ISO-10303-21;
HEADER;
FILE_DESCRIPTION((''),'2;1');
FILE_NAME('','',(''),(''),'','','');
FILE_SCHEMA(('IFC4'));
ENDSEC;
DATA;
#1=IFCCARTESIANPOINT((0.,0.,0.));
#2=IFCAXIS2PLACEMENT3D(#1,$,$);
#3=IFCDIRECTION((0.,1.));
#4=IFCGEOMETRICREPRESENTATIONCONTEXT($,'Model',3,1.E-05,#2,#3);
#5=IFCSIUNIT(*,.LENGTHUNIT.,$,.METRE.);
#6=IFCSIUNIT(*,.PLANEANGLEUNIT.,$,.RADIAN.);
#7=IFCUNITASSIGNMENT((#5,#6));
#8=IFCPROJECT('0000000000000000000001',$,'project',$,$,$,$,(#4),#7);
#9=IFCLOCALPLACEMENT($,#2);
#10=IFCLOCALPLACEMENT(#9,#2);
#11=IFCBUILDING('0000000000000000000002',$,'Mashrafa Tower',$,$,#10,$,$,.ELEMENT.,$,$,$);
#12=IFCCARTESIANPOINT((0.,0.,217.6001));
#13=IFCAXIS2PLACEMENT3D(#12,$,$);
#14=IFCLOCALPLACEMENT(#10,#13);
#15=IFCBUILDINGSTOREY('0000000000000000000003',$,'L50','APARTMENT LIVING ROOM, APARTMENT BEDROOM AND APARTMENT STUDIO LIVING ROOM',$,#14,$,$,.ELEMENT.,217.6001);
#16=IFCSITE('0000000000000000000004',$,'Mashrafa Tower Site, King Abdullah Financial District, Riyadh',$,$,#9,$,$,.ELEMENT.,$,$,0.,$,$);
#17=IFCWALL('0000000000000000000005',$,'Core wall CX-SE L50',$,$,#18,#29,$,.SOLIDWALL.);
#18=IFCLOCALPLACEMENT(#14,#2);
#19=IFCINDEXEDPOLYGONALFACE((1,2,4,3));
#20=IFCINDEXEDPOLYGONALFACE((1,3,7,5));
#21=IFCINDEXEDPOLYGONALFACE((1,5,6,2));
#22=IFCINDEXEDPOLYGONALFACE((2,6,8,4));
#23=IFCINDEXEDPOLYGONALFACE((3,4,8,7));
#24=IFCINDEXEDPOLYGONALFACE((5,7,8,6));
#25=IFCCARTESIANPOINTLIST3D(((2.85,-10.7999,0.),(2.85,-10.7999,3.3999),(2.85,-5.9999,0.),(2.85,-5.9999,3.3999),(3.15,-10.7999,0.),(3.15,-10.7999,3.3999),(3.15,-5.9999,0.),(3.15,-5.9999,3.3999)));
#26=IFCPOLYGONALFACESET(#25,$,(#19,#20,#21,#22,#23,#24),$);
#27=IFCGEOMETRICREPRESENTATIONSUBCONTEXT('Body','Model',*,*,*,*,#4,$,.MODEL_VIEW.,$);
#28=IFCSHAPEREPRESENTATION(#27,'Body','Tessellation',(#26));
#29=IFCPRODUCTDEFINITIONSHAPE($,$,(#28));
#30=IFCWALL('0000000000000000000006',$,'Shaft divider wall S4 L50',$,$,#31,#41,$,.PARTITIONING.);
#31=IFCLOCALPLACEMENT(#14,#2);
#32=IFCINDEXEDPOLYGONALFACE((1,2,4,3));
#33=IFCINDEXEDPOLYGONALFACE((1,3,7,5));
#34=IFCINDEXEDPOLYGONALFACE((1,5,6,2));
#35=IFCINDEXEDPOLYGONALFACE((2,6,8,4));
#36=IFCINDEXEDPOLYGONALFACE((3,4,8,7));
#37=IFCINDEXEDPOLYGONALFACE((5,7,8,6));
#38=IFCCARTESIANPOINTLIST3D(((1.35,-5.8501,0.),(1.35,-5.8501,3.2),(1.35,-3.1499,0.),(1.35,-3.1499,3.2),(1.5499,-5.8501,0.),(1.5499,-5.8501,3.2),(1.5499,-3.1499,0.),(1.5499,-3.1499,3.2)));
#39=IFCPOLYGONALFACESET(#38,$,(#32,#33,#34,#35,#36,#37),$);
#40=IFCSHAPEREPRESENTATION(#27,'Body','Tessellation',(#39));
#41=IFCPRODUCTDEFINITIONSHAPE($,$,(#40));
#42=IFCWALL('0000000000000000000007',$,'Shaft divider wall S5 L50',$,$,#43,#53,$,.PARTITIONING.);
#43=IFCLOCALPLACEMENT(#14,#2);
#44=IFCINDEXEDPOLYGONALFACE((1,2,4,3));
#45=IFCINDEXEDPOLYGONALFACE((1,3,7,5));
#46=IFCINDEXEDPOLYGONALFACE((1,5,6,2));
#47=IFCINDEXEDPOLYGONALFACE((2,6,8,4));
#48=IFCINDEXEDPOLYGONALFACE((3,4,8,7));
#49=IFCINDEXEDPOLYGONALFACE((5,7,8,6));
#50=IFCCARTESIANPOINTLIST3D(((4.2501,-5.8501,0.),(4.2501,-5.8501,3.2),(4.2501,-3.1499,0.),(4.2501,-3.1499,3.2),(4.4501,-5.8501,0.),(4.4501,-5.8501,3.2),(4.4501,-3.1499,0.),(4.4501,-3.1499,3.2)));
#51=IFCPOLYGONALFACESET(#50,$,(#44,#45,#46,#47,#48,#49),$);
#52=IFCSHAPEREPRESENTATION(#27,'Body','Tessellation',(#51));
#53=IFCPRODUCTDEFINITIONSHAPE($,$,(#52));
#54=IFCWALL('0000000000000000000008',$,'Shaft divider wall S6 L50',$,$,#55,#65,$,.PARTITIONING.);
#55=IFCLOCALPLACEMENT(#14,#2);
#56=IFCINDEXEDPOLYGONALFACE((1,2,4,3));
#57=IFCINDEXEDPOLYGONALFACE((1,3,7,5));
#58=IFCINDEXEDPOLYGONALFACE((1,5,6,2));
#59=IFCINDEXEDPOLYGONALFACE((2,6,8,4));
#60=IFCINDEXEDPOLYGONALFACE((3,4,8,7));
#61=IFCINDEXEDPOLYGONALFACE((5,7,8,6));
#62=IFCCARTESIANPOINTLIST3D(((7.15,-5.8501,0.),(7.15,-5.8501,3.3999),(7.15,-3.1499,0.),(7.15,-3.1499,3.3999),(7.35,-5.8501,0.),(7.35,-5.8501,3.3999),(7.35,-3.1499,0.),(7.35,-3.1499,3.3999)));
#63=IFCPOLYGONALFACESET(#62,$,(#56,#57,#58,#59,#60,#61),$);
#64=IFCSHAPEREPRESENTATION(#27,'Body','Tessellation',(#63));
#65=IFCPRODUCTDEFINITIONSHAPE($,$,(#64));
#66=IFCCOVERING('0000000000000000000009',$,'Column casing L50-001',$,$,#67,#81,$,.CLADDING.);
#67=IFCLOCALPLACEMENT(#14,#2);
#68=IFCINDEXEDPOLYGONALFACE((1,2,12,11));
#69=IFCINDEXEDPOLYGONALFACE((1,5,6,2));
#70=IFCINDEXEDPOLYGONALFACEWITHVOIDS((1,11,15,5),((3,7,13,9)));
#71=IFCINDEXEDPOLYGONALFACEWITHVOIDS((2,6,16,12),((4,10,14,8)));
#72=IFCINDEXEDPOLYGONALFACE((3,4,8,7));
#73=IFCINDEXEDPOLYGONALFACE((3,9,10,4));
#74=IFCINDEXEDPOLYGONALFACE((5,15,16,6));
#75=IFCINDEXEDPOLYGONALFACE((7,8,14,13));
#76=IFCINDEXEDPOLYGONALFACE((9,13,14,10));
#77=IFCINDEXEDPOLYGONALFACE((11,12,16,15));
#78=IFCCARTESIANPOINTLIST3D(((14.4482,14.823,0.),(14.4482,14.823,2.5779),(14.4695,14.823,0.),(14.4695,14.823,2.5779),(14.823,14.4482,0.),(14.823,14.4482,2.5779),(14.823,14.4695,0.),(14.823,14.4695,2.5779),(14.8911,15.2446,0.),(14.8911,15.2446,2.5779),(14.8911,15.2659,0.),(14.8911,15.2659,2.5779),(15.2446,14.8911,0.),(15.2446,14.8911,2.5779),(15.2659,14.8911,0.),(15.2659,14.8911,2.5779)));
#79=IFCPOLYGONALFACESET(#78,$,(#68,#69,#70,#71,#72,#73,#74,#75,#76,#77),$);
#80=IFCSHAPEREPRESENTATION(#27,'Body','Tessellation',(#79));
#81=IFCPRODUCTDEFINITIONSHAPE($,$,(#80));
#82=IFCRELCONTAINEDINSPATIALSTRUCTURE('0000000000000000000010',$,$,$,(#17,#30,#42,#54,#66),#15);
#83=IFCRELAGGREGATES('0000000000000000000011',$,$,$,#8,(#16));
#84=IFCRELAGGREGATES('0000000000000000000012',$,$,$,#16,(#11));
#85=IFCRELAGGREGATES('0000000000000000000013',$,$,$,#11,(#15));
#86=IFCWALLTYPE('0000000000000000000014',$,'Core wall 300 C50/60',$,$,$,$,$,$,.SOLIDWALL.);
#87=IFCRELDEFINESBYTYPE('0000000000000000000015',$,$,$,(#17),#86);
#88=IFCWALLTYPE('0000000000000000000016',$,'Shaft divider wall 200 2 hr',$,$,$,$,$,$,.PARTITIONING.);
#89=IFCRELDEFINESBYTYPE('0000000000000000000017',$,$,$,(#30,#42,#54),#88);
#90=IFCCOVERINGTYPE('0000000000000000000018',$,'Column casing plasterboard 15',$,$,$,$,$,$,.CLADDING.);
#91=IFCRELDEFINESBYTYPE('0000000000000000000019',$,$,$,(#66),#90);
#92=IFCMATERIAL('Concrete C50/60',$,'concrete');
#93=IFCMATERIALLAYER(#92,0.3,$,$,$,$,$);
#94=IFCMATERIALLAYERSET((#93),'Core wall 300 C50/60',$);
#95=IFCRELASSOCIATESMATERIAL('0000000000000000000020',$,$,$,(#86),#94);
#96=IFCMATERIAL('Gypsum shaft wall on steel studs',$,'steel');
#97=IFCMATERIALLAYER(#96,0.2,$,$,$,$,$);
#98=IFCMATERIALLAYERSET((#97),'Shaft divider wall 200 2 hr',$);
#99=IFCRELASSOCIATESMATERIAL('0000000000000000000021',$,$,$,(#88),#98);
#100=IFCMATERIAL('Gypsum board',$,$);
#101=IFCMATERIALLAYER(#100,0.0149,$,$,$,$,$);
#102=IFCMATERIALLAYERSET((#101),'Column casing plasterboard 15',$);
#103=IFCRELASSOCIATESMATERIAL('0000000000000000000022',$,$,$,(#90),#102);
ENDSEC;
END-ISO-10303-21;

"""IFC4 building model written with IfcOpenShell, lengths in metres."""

from ifc_helpers import new_model, si_unit, direction, frame, frame_2d, origin, place, context, subcontext, project, spatial, polyline, rectangle, outline, extrude, material, layer, layer_set, type_object, element, save


model = new_model("IFC4")

# Units and contexts
model_context = context("Model", 3, precision=1e-05, world=origin(), true_north=direction((0.0, 1.0)))
body_context = subcontext(model_context, "Body", "Model", "MODEL_VIEW")
ifc_project = project(units=[si_unit("LENGTHUNIT", "METRE"), si_unit("PLANEANGLEUNIT", "RADIAN")], contexts=[model_context])

# Site, building, storey
site_placement = place(None, origin())
site = spatial("IfcSite", under=ifc_project, at=site_placement, Name="Mashrafa Tower Site, King Abdullah Financial District, Riyadh", CompositionType="ELEMENT", RefElevation=0.0)
building_placement = place(site_placement, origin())
building = spatial("IfcBuilding", under=site, at=building_placement, Name="Mashrafa Tower", CompositionType="ELEMENT")
storey_placement = place(building_placement, frame((0.0, 0.0, 217.6001)))
storey = spatial("IfcBuildingStorey", under=building, at=storey_placement, Name="L50", Description="APARTMENT LIVING ROOM, APARTMENT BEDROOM AND APARTMENT STUDIO LIVING ROOM", CompositionType="ELEMENT", Elevation=217.6001)

# Walls
ifc_material_1 = material(Name="Concrete C50/60", Category="concrete")
ifc_layer_1 = layer(ifc_material_1, 0.3)
ifc_layer_set_1 = layer_set([ifc_layer_1], Name="Core wall 300 C50/60")
wall_type_1 = type_object("IfcWallType", Name="Core wall 300 C50/60", PredefinedType="SOLIDWALL", material=ifc_layer_set_1)
wall_1_placement = place(storey_placement, frame((3.0, -6.0, 0.0), z_axis=(0.0, 0.0, 1.0), x_axis=(0.0, -1.0, 0.0)))
element("IfcWall", 1, at=wall_1_placement, inside=storey, type_object=wall_type_1, Name="Core wall CX-SE L50", PredefinedType="SOLIDWALL", context=body_context, shape_type="SweptSolid", body=[
    extrude(rectangle(XDim=4.8, YDim=0.3, at=frame_2d((2.3999, 0.0))), origin(), (0.0, 0.0, 1.0), 3.3999),
])
ifc_material_2 = material(Name="Gypsum shaft wall on steel studs", Category="steel")
ifc_layer_2 = layer(ifc_material_2, 0.2)
ifc_layer_set_2 = layer_set([ifc_layer_2], Name="Shaft divider wall 200 2 hr")
wall_type_2 = type_object("IfcWallType", Name="Shaft divider wall 200 2 hr", PredefinedType="PARTITIONING", material=ifc_layer_set_2)
for number, where, z_axis, x_axis, name in (
    (2, (1.45, -5.8501, 0.0), (0.0, 0.0, 1.0), (0.0, 1.0, 0.0), "Shaft divider wall S4 L50"),
    (3, (4.3501, -5.8501, 0.0), (0.0, 0.0, 1.0), (0.0, 1.0, 0.0), "Shaft divider wall S5 L50"),
):
    element("IfcWall", number, at=place(storey_placement, frame(where, z_axis=z_axis, x_axis=x_axis)), inside=storey, type_object=wall_type_2, Name=name, PredefinedType="PARTITIONING", context=body_context, shape_type="SweptSolid", body=[
        extrude(rectangle(XDim=2.7002, YDim=0.2, at=frame_2d((1.3501, 0.0))), origin(), (0.0, 0.0, 1.0), 3.2),
    ])
wall_2_placement = place(storey_placement, frame((7.25, -5.8501, 0.0), z_axis=(0.0, 0.0, 1.0), x_axis=(0.0, 1.0, 0.0)))
element("IfcWall", 4, at=wall_2_placement, inside=storey, type_object=wall_type_2, Name="Shaft divider wall S6 L50", PredefinedType="PARTITIONING", context=body_context, shape_type="SweptSolid", body=[
    extrude(rectangle(XDim=2.7002, YDim=0.2, at=frame_2d((1.3501, 0.0))), origin(), (0.0, 0.0, 1.0), 3.3999),
])

# Covering
ifc_material_3 = material(Name="Gypsum board")
ifc_layer_3 = layer(ifc_material_3, 0.0149)
ifc_layer_set_3 = layer_set([ifc_layer_3], Name="Column casing plasterboard 15")
covering_type = type_object("IfcCoveringType", Name="Column casing plasterboard 15", PredefinedType="CLADDING", material=ifc_layer_set_3)
covering_placement = place(storey_placement, origin())
element("IfcCovering", 5, at=covering_placement, inside=storey, type_object=covering_type, Name="Column casing L50-001", PredefinedType="CLADDING", context=body_context, shape_type="SweptSolid", body=[
    extrude(outline(polyline([(14.4482, 14.823), (14.8911, 15.2659), (15.2659, 14.8911), (14.823, 14.4482), (14.4482, 14.823)]), holes=[polyline([(15.2446, 14.8911), (14.8911, 15.2446), (14.4695, 14.823), (14.823, 14.4695), (15.2446, 14.8911)])]), origin(), (0.0, 0.0, 1.0), 2.5779),
])

save(model, "model.ifc")
